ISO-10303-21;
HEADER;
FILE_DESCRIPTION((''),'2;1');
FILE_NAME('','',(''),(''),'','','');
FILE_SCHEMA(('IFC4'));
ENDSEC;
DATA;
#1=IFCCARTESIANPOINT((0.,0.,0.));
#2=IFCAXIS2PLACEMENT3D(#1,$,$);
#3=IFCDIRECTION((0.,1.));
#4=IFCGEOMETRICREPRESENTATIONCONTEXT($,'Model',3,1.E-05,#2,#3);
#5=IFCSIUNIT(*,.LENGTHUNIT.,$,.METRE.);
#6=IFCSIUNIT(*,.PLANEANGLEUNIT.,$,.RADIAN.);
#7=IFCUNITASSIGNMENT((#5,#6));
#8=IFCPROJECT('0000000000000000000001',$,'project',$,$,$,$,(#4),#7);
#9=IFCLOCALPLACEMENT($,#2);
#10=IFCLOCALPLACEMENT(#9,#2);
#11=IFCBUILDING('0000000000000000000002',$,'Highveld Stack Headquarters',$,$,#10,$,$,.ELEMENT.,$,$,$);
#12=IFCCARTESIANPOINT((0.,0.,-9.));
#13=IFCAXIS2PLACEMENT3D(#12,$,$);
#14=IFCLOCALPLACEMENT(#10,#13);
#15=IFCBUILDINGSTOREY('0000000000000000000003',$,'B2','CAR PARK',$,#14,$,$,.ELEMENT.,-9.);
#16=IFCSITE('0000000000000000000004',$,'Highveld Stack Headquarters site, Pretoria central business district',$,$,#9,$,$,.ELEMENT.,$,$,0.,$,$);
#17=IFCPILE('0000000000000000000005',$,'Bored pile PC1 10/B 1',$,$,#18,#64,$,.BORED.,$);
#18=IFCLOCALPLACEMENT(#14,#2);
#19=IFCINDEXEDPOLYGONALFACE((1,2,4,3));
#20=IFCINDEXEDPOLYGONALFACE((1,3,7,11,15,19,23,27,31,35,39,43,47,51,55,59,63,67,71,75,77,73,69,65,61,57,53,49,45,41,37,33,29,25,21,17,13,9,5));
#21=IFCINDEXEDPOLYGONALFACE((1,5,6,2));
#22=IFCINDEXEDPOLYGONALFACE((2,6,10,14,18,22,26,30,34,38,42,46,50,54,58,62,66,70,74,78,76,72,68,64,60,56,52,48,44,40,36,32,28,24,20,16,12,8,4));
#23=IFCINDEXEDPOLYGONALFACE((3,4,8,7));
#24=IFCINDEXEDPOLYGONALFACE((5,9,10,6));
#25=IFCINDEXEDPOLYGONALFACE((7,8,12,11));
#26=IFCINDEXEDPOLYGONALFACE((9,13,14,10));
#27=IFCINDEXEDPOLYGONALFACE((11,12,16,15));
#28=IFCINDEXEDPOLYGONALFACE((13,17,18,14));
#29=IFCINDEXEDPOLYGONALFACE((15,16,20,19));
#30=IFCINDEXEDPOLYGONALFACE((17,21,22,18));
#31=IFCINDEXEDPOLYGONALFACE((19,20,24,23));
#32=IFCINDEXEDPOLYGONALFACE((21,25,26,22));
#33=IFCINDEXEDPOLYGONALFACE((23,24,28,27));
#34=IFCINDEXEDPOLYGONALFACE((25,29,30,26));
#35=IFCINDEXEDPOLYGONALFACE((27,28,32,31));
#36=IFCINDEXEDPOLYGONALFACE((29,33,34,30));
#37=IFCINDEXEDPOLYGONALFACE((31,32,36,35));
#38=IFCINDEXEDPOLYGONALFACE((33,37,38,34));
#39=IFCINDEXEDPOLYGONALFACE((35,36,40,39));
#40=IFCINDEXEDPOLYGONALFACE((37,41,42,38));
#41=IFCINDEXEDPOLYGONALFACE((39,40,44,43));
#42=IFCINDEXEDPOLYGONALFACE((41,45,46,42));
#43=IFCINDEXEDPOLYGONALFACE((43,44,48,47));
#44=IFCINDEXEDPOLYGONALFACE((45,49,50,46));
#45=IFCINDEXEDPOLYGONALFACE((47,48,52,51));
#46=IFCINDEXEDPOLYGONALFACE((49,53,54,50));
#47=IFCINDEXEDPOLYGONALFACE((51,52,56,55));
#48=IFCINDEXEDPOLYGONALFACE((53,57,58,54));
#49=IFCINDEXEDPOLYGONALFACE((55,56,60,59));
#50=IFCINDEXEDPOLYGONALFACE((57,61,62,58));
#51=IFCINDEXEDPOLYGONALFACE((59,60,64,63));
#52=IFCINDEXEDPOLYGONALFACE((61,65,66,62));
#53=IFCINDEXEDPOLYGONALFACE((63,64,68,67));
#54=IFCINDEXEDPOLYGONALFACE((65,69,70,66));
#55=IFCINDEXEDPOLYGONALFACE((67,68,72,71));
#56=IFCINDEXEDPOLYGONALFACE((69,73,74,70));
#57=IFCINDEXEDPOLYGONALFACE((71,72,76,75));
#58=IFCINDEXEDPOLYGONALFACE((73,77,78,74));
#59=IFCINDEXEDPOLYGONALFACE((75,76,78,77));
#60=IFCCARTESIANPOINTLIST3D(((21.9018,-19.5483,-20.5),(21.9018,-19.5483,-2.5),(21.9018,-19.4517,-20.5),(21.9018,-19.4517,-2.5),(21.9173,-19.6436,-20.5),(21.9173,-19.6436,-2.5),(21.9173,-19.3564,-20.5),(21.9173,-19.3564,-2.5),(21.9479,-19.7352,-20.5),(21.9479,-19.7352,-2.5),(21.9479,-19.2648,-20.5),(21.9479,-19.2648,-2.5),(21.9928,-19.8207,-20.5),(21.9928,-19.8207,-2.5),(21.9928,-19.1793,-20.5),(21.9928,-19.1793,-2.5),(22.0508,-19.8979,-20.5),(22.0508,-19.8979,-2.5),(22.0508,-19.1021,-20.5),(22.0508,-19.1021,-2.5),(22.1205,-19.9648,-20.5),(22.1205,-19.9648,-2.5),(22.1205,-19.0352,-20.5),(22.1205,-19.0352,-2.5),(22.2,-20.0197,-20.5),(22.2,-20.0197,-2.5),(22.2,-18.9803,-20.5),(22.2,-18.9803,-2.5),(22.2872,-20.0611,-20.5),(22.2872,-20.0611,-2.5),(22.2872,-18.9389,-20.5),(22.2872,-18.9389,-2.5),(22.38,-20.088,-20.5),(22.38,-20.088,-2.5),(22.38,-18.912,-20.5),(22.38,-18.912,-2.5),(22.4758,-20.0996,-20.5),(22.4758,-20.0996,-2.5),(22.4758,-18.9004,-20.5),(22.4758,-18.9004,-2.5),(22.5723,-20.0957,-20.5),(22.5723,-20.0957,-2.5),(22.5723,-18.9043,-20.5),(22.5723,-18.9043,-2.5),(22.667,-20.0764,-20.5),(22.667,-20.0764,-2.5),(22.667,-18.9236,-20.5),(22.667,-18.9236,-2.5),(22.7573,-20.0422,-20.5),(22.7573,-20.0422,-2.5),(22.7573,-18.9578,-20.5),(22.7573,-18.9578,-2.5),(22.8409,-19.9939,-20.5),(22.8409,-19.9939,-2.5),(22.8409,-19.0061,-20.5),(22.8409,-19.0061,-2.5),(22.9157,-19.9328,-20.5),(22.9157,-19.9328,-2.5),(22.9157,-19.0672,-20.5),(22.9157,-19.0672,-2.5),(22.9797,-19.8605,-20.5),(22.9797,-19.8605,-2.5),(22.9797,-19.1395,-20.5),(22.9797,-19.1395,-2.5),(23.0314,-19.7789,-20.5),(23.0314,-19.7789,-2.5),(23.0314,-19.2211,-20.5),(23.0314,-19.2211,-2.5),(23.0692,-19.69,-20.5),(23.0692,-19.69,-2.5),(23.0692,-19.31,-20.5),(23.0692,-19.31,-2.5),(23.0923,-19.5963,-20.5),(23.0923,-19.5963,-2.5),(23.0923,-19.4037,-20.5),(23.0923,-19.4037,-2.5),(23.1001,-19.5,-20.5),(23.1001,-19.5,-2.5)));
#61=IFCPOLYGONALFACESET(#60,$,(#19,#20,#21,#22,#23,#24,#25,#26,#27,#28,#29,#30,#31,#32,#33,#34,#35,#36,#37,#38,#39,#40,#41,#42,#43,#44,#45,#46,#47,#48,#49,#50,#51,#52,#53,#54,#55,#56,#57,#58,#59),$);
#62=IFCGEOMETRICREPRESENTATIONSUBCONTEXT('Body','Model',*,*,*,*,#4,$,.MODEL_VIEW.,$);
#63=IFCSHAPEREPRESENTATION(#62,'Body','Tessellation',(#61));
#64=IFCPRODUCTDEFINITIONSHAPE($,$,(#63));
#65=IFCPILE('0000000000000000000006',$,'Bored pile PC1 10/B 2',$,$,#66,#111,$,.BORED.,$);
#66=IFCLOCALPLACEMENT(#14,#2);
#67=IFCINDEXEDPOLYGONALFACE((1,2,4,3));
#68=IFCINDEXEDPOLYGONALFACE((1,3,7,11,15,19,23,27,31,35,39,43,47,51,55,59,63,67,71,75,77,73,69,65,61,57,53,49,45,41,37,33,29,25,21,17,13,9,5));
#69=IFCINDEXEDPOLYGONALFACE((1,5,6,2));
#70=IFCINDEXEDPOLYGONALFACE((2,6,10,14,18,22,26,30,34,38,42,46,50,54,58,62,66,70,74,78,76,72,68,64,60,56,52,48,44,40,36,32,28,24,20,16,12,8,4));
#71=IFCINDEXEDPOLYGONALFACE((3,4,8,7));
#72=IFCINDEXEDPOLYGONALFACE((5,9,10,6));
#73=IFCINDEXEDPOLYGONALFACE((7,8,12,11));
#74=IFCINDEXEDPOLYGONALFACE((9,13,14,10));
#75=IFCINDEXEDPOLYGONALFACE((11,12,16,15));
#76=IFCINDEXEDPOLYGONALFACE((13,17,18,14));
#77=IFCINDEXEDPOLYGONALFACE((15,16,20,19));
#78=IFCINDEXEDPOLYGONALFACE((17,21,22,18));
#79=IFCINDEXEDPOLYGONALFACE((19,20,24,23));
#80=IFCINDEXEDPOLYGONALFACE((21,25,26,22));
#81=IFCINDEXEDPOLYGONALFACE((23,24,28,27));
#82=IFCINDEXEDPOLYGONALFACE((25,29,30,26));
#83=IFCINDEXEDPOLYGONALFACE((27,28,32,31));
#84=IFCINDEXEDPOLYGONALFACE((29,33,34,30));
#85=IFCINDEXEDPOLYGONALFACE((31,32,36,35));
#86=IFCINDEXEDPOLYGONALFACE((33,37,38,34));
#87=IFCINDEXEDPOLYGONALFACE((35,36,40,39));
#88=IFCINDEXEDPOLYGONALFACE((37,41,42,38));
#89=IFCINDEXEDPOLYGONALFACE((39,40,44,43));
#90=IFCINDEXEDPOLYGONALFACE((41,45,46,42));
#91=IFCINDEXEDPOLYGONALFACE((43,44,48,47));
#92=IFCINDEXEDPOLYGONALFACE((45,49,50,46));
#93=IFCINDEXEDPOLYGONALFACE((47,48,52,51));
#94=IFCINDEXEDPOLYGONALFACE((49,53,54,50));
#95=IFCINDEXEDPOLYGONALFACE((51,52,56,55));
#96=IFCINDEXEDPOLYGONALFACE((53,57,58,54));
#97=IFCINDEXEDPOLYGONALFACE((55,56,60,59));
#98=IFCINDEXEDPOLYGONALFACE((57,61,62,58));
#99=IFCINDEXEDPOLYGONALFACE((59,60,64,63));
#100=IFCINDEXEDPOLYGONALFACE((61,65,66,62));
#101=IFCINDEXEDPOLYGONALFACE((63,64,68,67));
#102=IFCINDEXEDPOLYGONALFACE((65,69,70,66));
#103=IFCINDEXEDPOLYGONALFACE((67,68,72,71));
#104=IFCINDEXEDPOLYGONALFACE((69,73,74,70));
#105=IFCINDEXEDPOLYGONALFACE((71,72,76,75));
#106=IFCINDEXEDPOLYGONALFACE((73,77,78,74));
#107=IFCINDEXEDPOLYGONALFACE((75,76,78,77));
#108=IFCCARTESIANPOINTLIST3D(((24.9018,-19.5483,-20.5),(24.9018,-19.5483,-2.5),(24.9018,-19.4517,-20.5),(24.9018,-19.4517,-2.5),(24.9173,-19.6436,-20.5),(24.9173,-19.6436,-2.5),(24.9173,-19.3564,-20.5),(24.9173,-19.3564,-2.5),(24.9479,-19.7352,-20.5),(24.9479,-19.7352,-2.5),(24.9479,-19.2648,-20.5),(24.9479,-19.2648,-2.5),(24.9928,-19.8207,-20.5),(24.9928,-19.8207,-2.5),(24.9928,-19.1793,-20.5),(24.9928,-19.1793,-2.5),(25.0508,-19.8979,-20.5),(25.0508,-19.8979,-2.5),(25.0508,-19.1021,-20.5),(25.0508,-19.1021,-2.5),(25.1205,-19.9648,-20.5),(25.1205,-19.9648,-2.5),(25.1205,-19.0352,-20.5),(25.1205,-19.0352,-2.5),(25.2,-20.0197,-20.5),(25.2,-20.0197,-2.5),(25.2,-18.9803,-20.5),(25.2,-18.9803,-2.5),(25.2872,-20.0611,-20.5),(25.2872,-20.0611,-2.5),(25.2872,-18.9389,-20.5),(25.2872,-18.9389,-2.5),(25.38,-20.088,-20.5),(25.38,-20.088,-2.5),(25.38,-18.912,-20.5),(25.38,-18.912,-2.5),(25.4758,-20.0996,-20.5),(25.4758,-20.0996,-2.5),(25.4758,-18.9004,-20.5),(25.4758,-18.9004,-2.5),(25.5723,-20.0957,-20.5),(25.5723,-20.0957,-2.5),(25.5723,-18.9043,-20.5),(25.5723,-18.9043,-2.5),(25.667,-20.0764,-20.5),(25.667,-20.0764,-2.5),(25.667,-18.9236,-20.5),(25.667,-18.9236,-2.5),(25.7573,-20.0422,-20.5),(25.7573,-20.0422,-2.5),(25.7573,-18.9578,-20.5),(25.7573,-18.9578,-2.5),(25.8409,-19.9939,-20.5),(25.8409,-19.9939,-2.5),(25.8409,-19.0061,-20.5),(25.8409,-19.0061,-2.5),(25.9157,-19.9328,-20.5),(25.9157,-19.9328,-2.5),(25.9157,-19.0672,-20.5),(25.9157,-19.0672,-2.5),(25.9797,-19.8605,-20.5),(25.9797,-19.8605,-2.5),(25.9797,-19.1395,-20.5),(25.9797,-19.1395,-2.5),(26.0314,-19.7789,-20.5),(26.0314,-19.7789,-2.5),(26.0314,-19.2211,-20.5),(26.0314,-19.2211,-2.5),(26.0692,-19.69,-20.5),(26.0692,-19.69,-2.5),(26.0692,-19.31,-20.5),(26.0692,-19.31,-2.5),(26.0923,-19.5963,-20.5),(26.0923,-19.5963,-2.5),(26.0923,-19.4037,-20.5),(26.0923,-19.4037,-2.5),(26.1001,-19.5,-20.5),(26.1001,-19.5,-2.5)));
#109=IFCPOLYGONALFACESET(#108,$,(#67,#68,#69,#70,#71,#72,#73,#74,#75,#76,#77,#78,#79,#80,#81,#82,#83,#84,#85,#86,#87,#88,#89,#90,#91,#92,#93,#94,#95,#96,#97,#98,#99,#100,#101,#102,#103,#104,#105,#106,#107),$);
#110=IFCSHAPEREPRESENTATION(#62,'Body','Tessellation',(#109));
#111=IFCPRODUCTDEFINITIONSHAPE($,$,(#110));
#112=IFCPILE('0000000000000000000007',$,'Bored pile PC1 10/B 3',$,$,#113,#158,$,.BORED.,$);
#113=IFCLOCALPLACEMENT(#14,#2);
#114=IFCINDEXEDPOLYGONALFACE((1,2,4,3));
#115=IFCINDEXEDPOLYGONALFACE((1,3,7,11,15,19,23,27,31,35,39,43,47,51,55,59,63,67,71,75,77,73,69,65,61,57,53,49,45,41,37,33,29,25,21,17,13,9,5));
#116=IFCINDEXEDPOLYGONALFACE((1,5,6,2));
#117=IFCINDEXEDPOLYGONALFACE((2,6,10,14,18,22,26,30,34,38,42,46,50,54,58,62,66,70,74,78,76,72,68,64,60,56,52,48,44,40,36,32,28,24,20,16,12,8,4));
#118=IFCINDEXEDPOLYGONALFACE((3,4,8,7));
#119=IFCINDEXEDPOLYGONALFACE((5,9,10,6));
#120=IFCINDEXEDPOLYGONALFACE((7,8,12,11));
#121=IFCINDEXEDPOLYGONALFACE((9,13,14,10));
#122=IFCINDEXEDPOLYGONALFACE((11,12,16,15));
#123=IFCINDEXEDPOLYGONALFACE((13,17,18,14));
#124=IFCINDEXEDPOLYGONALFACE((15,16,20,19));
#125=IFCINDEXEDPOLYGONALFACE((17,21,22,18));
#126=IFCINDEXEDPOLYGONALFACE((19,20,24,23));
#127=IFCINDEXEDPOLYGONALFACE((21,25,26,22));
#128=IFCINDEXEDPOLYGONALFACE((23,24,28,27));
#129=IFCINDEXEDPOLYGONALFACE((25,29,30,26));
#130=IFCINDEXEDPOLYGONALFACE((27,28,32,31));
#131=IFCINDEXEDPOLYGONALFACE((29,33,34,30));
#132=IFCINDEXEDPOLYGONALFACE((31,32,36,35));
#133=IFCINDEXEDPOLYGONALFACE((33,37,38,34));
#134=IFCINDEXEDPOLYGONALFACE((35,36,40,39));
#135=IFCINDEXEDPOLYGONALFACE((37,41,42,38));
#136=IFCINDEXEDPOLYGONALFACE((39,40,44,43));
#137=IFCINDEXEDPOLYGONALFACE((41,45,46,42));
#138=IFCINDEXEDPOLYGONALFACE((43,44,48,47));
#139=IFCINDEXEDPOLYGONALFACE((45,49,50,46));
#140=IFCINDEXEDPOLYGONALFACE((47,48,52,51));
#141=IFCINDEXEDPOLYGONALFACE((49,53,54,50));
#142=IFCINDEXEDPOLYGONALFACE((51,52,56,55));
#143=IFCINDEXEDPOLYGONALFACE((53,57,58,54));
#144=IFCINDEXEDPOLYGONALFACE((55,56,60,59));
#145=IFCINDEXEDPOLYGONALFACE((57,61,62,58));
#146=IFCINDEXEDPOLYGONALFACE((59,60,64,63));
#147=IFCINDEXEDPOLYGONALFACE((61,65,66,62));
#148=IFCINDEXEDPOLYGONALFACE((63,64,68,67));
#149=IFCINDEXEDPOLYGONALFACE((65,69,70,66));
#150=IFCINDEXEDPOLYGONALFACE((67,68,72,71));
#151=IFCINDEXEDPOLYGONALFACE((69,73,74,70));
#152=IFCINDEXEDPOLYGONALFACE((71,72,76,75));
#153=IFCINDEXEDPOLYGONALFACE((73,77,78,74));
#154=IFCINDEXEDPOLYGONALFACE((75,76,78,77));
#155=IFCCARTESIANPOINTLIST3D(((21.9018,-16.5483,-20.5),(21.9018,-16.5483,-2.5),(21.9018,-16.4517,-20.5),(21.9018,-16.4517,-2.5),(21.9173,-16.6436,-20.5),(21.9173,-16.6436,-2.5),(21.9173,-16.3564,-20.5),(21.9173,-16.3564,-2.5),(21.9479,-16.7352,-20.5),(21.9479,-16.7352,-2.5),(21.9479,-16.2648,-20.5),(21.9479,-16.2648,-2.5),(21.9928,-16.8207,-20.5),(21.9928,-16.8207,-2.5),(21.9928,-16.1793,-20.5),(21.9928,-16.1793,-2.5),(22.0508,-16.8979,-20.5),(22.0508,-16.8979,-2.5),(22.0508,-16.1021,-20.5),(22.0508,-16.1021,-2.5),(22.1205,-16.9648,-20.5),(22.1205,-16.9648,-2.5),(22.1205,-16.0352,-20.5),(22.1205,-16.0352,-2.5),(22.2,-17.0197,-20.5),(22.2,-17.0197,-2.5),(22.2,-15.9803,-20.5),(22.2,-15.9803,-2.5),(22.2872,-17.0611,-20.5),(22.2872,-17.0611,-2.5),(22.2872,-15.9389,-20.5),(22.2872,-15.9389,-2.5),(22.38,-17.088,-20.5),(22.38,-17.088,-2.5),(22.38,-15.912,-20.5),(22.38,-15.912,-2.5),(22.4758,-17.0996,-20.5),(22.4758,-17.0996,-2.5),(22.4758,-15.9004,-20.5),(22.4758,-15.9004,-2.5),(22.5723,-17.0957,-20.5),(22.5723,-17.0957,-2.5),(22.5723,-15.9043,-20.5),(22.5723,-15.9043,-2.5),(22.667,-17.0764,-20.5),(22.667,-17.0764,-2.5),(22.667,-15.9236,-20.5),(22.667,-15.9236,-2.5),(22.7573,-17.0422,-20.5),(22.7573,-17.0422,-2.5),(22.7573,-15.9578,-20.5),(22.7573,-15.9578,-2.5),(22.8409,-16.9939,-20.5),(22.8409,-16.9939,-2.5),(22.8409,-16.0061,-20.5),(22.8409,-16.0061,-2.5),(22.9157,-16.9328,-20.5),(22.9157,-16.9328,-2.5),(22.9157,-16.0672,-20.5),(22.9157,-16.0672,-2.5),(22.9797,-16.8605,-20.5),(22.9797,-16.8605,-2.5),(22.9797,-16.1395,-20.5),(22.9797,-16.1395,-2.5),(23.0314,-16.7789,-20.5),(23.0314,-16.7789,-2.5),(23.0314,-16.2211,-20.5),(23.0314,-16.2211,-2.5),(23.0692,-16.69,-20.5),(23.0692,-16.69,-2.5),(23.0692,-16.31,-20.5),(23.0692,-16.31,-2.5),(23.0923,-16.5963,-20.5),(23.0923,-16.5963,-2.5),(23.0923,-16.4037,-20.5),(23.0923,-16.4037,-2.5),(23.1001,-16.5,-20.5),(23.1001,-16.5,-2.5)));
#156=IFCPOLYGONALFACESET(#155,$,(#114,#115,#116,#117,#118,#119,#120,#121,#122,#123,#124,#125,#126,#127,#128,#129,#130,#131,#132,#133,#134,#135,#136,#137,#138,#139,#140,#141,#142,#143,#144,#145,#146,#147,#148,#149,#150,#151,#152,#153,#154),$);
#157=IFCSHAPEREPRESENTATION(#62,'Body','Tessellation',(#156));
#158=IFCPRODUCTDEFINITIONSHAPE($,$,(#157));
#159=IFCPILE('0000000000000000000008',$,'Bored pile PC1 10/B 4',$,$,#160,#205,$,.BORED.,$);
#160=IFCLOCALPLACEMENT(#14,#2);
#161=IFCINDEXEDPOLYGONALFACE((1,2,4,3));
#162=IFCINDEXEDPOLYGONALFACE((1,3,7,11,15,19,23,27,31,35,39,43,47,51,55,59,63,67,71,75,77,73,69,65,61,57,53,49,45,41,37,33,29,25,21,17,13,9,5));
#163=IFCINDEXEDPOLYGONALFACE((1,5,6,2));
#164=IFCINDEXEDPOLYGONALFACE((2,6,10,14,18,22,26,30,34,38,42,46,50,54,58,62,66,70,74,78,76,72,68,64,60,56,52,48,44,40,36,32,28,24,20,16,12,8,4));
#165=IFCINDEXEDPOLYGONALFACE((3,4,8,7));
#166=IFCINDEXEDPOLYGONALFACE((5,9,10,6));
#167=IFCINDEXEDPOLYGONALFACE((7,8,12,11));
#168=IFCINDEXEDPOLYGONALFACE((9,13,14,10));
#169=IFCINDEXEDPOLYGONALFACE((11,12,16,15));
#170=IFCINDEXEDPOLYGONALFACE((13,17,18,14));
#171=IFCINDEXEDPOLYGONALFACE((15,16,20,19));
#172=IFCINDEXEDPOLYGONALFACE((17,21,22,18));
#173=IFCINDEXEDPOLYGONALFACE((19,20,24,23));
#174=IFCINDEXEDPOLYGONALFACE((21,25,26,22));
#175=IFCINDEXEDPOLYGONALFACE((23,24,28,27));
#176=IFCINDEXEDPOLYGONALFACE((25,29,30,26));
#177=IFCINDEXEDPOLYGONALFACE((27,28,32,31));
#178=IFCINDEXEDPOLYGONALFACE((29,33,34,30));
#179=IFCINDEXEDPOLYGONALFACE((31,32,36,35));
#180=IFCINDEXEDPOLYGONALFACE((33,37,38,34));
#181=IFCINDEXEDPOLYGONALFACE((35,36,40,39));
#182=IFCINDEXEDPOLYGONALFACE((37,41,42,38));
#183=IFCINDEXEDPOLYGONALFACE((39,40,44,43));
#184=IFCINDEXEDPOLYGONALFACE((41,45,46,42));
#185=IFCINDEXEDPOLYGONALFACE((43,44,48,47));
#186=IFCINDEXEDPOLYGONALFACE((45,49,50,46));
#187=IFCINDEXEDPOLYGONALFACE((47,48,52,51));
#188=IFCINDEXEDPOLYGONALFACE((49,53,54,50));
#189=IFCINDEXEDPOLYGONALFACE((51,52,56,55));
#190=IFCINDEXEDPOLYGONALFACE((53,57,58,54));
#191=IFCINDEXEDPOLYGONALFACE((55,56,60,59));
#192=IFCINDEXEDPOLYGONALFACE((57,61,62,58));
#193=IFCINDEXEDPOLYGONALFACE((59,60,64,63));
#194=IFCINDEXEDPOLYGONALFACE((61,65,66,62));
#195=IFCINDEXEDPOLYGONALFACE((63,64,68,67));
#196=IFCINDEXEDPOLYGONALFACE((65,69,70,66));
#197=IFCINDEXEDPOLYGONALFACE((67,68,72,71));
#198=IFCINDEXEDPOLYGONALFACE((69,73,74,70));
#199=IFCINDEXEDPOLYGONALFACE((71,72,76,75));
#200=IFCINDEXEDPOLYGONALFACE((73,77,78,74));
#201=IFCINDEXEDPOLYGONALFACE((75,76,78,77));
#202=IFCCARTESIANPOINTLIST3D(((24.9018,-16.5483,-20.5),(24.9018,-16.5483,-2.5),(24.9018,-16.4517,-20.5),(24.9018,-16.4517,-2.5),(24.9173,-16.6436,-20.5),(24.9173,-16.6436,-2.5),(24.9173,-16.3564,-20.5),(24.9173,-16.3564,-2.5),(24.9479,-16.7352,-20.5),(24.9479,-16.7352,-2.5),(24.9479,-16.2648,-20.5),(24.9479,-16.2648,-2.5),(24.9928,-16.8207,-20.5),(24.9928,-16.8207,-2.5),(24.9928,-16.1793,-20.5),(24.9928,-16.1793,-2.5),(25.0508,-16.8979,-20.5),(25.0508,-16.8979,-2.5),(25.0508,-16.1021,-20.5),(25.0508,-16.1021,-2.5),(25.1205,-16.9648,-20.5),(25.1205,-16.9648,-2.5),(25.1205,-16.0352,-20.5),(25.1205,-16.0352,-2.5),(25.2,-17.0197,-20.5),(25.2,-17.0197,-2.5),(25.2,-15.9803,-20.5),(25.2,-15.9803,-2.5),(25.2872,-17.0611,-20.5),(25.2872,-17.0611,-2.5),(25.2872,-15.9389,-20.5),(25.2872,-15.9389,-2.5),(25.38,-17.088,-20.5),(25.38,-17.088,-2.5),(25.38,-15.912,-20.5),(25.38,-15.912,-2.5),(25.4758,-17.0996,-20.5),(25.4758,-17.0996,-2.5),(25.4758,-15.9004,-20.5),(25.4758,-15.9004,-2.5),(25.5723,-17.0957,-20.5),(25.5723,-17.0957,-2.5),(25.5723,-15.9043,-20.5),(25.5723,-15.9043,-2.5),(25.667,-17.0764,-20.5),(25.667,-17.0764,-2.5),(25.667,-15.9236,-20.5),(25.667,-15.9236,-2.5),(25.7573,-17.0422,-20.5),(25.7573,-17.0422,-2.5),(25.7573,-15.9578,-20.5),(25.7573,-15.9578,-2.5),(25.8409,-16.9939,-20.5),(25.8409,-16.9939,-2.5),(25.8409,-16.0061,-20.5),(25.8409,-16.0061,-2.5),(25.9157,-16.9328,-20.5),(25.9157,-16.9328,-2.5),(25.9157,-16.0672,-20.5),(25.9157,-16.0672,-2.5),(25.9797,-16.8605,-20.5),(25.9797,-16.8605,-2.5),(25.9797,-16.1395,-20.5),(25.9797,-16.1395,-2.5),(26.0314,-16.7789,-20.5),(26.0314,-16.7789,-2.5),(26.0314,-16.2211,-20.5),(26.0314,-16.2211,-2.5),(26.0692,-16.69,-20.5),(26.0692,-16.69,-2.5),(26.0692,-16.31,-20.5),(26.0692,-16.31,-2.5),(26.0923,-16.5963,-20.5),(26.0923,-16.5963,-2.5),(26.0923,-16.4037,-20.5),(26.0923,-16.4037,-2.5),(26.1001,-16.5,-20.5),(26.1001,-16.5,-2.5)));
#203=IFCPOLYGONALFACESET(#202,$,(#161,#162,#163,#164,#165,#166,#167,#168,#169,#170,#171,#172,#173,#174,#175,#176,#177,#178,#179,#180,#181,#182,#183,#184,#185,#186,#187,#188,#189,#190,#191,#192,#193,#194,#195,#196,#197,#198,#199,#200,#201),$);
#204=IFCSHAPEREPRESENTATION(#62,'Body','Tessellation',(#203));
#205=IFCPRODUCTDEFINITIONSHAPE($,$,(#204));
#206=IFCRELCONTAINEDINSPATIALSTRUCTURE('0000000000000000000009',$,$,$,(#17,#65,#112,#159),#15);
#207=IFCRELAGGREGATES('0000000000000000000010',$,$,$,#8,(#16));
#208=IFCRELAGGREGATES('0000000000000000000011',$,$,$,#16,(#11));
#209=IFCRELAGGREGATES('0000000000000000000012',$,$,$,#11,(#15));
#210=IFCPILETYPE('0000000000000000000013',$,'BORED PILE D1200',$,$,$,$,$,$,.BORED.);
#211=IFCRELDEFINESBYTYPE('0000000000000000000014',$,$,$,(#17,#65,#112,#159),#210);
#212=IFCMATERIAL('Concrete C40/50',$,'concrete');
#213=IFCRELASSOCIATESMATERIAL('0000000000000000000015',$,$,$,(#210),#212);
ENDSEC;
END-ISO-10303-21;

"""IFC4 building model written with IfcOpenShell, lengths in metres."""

from ifc_helpers import new_model, si_unit, direction, frame, origin, origin_2d, place, context, subcontext, project, spatial, circle, extrude, material, type_object, element, save


model = new_model("IFC4")

# Units and contexts
model_context = context("Model", 3, precision=1e-05, world=origin(), true_north=direction((0.0, 1.0)))
body_context = subcontext(model_context, "Body", "Model", "MODEL_VIEW")
ifc_project = project(units=[si_unit("LENGTHUNIT", "METRE"), si_unit("PLANEANGLEUNIT", "RADIAN")], contexts=[model_context])

# Site, building, storey
site_placement = place(None, origin())
site = spatial("IfcSite", under=ifc_project, at=site_placement, Name="Highveld Stack Headquarters site, Pretoria central business district", CompositionType="ELEMENT", RefElevation=0.0)
building_placement = place(site_placement, origin())
building = spatial("IfcBuilding", under=site, at=building_placement, Name="Highveld Stack Headquarters", CompositionType="ELEMENT")
storey_placement = place(building_placement, frame((0.0, 0.0, -9.0)))
storey = spatial("IfcBuildingStorey", under=building, at=storey_placement, Name="B2", Description="CAR PARK", CompositionType="ELEMENT", Elevation=-9.0)

# Piles
ifc_material_1 = material(Name="Concrete C40/50", Category="concrete")
pile_type_1 = type_object("IfcPileType", Name="BORED PILE D1200", PredefinedType="BORED", material=ifc_material_1)
for number, where, z_axis, x_axis, name in (
    (1, (22.5, -19.5, -2.5), (0.0, 0.0, -1.0), (1.0, 0.0, 0.0), "Bored pile PC1 10/B 1"),
    (2, (25.5, -19.5, -2.5), (0.0, 0.0, -1.0), (1.0, 0.0, 0.0), "Bored pile PC1 10/B 2"),
    (3, (22.5, -16.5, -2.5), (0.0, 0.0, -1.0), (1.0, 0.0, 0.0), "Bored pile PC1 10/B 3"),
    (4, (25.5, -16.5, -2.5), (0.0, 0.0, -1.0), (1.0, 0.0, 0.0), "Bored pile PC1 10/B 4"),
):
    element("IfcPile", number, at=place(storey_placement, frame(where, z_axis=z_axis, x_axis=x_axis)), inside=storey, type_object=pile_type_1, Name=name, PredefinedType="BORED", context=body_context, shape_type="SweptSolid", body=[
        extrude(circle(Radius=0.6001, at=origin_2d()), origin(), (0.0, 0.0, 1.0), 18.0),
    ])

save(model, "model.ifc")
